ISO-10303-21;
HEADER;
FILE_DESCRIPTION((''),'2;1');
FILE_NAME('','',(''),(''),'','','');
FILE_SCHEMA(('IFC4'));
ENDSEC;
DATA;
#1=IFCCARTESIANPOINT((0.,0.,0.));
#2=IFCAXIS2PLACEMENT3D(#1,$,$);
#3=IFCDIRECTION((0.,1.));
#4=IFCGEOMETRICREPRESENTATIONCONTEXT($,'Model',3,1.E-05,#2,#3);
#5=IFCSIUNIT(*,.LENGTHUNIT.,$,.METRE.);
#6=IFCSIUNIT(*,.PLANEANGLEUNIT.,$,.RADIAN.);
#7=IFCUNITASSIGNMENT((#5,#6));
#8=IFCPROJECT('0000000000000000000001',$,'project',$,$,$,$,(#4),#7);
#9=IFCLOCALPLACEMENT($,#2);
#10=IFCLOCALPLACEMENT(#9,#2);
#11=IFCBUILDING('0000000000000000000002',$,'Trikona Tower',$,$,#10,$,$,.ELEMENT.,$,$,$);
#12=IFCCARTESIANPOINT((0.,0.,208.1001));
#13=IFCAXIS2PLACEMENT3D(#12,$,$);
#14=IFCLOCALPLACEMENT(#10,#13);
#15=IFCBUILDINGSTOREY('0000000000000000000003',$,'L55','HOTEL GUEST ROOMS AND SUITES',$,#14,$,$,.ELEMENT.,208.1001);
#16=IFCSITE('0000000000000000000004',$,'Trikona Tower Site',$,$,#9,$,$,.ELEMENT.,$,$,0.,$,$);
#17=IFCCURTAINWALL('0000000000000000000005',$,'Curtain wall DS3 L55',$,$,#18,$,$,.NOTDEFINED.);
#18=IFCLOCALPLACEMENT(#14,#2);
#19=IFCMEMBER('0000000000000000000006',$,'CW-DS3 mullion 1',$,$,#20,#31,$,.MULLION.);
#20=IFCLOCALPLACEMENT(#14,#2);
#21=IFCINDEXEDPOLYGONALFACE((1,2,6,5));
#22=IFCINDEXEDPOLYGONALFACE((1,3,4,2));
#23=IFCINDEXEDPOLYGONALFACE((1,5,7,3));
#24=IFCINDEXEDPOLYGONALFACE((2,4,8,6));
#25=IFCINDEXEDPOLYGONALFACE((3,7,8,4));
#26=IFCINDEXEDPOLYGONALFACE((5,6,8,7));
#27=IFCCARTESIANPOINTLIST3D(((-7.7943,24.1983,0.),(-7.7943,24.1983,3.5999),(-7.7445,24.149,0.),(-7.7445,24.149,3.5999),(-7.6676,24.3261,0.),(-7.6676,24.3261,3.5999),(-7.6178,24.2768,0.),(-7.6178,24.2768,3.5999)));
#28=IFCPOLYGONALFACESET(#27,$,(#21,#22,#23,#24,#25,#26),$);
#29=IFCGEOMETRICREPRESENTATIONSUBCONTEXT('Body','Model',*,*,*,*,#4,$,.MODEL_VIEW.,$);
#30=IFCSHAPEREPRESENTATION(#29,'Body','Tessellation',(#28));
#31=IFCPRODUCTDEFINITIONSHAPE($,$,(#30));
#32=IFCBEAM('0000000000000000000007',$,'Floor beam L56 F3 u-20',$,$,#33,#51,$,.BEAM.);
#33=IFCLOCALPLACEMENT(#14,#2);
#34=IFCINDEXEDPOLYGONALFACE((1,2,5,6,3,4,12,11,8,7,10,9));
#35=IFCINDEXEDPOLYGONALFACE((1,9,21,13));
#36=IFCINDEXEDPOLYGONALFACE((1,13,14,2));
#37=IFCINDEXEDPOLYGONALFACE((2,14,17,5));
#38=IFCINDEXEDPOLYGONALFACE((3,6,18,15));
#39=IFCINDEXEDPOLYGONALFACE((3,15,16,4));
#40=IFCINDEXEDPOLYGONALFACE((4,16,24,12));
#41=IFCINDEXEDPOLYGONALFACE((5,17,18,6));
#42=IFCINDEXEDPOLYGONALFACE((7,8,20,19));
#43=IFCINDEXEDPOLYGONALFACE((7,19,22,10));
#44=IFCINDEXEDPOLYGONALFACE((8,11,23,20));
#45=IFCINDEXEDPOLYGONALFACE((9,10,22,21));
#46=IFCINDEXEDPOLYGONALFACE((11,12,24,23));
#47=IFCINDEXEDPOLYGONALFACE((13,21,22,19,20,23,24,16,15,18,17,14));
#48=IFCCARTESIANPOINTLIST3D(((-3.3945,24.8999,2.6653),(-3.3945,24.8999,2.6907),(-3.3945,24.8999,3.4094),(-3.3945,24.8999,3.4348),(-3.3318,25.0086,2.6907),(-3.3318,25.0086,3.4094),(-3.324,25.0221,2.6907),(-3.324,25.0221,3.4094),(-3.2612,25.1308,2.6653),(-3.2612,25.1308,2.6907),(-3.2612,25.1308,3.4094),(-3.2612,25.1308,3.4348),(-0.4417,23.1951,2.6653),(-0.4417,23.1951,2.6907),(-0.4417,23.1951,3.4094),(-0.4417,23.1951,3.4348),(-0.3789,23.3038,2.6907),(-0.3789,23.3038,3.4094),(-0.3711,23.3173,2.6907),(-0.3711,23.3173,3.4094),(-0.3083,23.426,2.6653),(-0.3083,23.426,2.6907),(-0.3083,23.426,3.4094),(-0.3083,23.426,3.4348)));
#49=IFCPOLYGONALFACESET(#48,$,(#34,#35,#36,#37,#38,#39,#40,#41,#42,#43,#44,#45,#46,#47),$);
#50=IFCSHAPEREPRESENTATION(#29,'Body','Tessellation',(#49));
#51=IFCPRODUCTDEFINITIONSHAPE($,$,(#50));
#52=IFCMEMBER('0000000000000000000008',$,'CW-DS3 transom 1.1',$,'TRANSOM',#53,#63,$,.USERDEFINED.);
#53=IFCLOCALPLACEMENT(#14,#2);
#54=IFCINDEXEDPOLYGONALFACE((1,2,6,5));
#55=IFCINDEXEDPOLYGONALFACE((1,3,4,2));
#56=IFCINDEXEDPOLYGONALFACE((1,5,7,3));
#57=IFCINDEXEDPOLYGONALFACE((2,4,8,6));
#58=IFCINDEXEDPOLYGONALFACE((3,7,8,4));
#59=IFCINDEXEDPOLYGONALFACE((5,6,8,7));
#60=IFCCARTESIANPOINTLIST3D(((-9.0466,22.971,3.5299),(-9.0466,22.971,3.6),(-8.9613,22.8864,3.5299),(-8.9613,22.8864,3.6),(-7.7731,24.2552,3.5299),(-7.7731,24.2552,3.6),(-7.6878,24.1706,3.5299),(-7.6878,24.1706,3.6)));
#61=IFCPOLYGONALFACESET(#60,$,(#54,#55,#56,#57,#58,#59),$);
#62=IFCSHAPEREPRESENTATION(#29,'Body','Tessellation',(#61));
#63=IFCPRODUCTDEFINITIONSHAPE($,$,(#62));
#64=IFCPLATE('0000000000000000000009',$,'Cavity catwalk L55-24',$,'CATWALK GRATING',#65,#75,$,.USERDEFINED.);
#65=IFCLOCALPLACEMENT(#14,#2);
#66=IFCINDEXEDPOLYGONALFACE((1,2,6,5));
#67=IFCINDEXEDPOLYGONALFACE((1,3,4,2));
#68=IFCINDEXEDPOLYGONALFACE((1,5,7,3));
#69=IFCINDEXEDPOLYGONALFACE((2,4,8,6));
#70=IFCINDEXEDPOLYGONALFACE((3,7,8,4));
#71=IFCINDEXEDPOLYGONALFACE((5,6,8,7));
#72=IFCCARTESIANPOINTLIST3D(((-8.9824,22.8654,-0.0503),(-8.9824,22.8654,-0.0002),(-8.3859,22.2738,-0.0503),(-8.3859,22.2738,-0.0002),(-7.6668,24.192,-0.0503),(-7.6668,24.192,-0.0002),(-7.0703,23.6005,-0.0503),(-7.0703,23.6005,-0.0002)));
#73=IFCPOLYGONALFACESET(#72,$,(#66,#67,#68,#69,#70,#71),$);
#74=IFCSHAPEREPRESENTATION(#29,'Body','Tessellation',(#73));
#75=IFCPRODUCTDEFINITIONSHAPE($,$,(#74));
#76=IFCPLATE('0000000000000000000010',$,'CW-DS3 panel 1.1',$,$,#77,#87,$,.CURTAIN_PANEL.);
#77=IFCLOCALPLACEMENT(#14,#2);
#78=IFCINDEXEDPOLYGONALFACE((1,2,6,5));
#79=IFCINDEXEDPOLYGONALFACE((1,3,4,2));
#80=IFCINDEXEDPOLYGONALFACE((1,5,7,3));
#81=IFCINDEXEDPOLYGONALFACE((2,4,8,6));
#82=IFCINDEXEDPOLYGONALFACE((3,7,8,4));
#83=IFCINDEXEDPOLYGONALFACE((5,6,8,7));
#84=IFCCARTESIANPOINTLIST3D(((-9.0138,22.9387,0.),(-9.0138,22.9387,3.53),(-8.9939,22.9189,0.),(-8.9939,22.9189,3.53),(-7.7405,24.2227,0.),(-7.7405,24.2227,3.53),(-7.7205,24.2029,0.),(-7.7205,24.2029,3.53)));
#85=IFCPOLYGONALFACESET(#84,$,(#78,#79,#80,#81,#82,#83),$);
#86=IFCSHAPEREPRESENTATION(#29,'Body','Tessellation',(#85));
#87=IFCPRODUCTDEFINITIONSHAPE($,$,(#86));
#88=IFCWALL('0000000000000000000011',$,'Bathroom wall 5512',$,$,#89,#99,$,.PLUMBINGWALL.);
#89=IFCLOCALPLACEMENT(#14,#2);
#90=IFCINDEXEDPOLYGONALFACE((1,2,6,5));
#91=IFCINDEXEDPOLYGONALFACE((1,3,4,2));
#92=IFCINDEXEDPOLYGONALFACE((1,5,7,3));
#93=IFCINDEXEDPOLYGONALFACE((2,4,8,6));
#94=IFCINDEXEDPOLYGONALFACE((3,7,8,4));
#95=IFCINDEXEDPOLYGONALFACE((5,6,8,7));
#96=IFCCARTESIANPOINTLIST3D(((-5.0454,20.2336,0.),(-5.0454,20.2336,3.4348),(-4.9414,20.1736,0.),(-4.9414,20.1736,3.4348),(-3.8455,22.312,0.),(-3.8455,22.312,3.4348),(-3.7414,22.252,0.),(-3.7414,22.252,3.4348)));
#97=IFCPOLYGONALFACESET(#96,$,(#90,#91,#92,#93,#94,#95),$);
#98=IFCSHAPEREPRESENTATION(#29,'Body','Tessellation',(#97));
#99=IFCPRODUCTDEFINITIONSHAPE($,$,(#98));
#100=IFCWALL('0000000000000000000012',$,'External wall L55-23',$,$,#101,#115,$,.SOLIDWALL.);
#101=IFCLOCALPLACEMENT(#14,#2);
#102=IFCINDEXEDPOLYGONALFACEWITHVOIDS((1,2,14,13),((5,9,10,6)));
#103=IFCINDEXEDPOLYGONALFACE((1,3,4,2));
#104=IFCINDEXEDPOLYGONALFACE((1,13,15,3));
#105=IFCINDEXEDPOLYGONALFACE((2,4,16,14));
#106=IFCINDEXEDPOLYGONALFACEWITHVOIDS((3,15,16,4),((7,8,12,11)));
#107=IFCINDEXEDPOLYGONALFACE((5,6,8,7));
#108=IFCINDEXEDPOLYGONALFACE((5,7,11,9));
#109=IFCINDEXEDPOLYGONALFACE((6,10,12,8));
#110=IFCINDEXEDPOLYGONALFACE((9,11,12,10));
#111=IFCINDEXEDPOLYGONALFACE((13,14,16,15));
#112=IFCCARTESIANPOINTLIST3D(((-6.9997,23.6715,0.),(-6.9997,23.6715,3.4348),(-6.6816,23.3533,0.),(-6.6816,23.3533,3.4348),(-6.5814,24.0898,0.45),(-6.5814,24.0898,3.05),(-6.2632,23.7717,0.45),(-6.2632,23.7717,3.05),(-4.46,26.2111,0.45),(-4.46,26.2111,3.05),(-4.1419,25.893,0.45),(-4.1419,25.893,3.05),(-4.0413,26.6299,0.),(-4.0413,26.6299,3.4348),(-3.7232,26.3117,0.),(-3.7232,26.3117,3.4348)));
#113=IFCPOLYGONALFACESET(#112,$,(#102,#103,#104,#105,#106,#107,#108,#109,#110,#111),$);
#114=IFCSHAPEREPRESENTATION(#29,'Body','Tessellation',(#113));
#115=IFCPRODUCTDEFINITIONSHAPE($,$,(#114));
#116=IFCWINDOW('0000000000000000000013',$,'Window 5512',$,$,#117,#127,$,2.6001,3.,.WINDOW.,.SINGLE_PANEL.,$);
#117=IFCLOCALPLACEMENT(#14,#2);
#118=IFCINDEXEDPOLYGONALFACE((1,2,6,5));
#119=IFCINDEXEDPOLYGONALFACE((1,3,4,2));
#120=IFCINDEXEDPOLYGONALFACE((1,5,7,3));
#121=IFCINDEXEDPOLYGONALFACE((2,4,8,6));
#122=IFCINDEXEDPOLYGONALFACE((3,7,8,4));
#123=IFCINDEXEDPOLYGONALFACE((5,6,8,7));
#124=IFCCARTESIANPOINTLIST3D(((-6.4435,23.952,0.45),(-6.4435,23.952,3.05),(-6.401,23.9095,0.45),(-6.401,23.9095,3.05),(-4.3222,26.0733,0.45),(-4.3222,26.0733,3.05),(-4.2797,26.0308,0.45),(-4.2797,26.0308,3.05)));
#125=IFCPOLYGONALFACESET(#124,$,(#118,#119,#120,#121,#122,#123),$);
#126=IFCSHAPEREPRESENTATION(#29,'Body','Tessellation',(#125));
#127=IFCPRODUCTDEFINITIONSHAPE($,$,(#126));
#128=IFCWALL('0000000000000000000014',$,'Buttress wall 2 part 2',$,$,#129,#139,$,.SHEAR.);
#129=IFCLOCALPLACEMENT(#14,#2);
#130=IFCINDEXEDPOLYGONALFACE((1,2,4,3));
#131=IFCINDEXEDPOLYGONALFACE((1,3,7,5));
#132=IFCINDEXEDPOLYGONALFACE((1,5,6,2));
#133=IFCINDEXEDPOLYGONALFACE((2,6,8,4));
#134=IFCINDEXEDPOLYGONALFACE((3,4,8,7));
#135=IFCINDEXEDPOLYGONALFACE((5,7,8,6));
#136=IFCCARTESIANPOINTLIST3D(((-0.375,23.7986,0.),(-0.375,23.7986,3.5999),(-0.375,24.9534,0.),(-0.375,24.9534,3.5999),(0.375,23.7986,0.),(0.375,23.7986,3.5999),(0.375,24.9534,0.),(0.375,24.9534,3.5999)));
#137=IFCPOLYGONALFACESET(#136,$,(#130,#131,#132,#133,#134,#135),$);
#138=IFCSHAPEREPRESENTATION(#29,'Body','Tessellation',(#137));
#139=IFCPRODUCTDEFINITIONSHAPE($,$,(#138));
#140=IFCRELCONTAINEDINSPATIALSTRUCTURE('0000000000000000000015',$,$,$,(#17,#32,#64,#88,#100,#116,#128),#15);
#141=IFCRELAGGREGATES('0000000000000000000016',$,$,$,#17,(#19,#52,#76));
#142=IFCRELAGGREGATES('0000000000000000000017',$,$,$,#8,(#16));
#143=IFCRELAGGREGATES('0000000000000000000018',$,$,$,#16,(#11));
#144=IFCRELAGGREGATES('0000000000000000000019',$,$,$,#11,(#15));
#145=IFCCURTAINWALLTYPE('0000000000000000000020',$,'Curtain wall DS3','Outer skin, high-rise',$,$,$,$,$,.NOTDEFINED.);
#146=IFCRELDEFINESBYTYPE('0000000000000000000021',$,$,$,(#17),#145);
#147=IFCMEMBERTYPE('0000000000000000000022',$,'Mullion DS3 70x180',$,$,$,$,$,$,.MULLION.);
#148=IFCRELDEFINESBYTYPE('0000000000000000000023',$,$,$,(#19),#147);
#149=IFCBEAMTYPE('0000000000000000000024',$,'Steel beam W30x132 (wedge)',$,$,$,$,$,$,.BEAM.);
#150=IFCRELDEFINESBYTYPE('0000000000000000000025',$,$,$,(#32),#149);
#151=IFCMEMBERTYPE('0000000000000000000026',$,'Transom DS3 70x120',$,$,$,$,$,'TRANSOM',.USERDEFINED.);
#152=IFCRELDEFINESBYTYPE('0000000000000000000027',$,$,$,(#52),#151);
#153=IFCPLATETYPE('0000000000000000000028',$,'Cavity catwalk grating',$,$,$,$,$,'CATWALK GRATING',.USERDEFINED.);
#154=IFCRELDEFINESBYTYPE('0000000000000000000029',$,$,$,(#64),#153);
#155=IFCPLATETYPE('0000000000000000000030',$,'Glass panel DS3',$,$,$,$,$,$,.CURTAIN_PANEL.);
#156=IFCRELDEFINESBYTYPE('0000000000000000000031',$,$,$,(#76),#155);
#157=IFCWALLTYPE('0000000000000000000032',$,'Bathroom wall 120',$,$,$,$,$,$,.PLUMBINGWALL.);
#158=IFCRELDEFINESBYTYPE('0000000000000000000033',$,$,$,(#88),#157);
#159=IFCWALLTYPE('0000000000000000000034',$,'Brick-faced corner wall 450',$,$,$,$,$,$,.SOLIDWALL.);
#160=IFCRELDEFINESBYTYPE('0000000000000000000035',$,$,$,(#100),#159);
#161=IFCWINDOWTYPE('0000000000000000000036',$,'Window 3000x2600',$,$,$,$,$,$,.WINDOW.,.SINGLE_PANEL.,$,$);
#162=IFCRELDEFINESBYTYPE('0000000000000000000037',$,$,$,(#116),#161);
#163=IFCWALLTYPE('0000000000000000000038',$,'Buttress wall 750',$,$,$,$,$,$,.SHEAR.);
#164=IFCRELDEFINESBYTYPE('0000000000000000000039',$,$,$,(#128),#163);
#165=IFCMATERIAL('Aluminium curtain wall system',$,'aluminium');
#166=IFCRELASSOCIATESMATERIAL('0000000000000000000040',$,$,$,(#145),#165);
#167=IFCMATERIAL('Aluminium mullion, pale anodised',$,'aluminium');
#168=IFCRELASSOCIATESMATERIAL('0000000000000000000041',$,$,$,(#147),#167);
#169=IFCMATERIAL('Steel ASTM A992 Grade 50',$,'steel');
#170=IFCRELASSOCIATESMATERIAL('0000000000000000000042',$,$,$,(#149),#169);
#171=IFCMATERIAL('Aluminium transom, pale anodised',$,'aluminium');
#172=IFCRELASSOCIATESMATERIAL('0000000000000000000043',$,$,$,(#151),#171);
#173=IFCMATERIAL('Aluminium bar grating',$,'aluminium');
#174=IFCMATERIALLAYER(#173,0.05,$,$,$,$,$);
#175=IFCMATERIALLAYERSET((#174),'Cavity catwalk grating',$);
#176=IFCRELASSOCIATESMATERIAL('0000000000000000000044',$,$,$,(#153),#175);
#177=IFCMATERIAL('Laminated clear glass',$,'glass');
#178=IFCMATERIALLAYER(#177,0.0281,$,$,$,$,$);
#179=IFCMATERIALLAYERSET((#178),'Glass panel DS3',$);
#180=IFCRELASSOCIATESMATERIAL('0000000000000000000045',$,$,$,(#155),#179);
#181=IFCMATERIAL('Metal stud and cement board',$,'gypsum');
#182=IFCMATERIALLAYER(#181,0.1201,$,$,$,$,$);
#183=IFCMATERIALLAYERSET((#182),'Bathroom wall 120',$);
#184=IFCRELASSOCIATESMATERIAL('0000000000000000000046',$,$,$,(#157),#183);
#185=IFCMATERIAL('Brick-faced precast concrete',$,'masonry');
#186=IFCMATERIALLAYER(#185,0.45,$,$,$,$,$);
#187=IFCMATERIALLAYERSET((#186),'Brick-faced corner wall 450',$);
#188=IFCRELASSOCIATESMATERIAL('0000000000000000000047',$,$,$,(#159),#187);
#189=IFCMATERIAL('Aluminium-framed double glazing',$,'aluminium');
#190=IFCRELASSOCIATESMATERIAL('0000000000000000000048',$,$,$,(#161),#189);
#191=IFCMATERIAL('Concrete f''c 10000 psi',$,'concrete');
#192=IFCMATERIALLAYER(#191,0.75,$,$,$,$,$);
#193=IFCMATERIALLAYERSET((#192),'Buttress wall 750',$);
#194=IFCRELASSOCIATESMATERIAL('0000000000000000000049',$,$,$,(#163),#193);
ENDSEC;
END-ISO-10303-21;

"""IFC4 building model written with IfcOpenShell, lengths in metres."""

from ifc_helpers import new_model, si_unit, direction, frame, frame_2d, origin, origin_2d, place, context, subcontext, project, spatial, rectangle, i_section, extrude, material, layer, layer_set, material_profile, profile_set, type_object, element, fill, aggregate, save


model = new_model("IFC4")

# Units and contexts
model_context = context("Model", 3, precision=1e-05, world=origin(), true_north=direction((0.0, 1.0)))
body_context = subcontext(model_context, "Body", "Model", "MODEL_VIEW")
ifc_project = project(units=[si_unit("LENGTHUNIT", "METRE"), si_unit("PLANEANGLEUNIT", "RADIAN")], contexts=[model_context])

# Site, building, storey
site_placement = place(None, origin())
site = spatial("IfcSite", under=ifc_project, at=site_placement, Name="Trikona Tower Site", CompositionType="ELEMENT", RefElevation=0.0)
building_placement = place(site_placement, origin())
building = spatial("IfcBuilding", under=site, at=building_placement, Name="Trikona Tower", CompositionType="ELEMENT")
storey_placement = place(building_placement, frame((0.0, 0.0, 208.1001)))
storey = spatial("IfcBuildingStorey", under=building, at=storey_placement, Name="L55", Description="HOTEL GUEST ROOMS AND SUITES", CompositionType="ELEMENT", Elevation=208.1001)

# Curtain wall, member
ifc_material_1 = material(Name="Aluminium curtain wall system", Category="aluminium")
curtain_wall_type = type_object("IfcCurtainWallType", Name="Curtain wall DS3", Description="Outer skin, high-rise", PredefinedType="NOTDEFINED", material=ifc_material_1)
curtain_wall_placement = place(storey_placement, origin())
curtain_wall = element("IfcCurtainWall", 1, at=curtain_wall_placement, inside=storey, type_object=curtain_wall_type, Name="Curtain wall DS3 L55", PredefinedType="NOTDEFINED")
ifc_material_2 = material(Name="Aluminium mullion, pale anodised", Category="aluminium")
ifc_material_profile_1 = material_profile(ifc_material_2, rectangle(XDim=0.0701, YDim=0.1799, at=origin_2d()), Name="MUL-DS3")
ifc_profile_set_1 = profile_set([ifc_material_profile_1], Name="Aluminium mullion, pale anodised")
member_type_1 = type_object("IfcMemberType", Name="Mullion DS3 70x180", PredefinedType="MULLION", material=ifc_profile_set_1)
member_1_placement = place(storey_placement, frame((-7.7061, 24.2375, 0.0), z_axis=(0.0, 0.0, 1.0), x_axis=(0.710052, -0.704149, 0.0)))
member_1 = element("IfcMember", 2, at=member_1_placement, type_object=member_type_1, Name="CW-DS3 mullion 1", PredefinedType="MULLION", context=body_context, shape_type="SweptSolid", body=[
    extrude(rectangle(XDim=0.0701, YDim=0.1799, at=origin_2d()), origin(), (0.0, 0.0, 1.0), 3.5999),
])

# Beam
ifc_material_3 = material(Name="Steel ASTM A992 Grade 50", Category="steel")
ifc_material_profile_2 = material_profile(ifc_material_3, i_section(OverallWidth=0.2666, OverallDepth=0.7695, WebThickness=0.0156, FlangeThickness=0.0254, at=origin_2d()), Name="W30X132")
ifc_profile_set_2 = profile_set([ifc_material_profile_2], Name="Steel ASTM A992 Grade 50")
beam_type = type_object("IfcBeamType", Name="Steel beam W30x132 (wedge)", PredefinedType="BEAM", material=ifc_profile_set_2)
beam_placement = place(storey_placement, frame((-0.375, 23.3105, 3.05), z_axis=(-0.866027, 0.499997, 0.0), x_axis=(-0.499997, -0.866027, 0.0)))
element("IfcBeam", 3, at=beam_placement, inside=storey, type_object=beam_type, Name="Floor beam L56 F3 u-20", PredefinedType="BEAM", context=body_context, shape_type="SweptSolid", body=[
    extrude(i_section(OverallWidth=0.2666, OverallDepth=0.7695, WebThickness=0.0156, FlangeThickness=0.0254, at=origin_2d()), origin(), (0.0, 0.0, 1.0), 3.4097),
])

# Member
ifc_material_4 = material(Name="Aluminium transom, pale anodised", Category="aluminium")
ifc_material_profile_3 = material_profile(ifc_material_4, rectangle(XDim=0.1201, YDim=0.0701, at=origin_2d()), Name="TRN-DS3")
ifc_profile_set_3 = profile_set([ifc_material_profile_3], Name="Aluminium transom, pale anodised")
member_type_2 = type_object("IfcMemberType", Name="Transom DS3 70x120", ElementType="TRANSOM", PredefinedType="USERDEFINED", material=ifc_profile_set_3)
member_2_placement = place(storey_placement, frame((-7.7305, 24.2129, 3.5649), z_axis=(-0.704131, -0.71007, 0.0), x_axis=(0.71007, -0.704131, 0.0)))
member_2 = element("IfcMember", 4, at=member_2_placement, type_object=member_type_2, Name="CW-DS3 transom 1.1", ObjectType="TRANSOM", PredefinedType="USERDEFINED", context=body_context, shape_type="SweptSolid", body=[
    extrude(rectangle(XDim=0.1201, YDim=0.0701, at=origin_2d()), origin(), (0.0, 0.0, 1.0), 1.8086),
])

# Plates
ifc_material_5 = material(Name="Aluminium bar grating", Category="aluminium")
ifc_layer_1 = layer(ifc_material_5, 0.05)
ifc_layer_set_1 = layer_set([ifc_layer_1], Name="Cavity catwalk grating")
plate_type_1 = type_object("IfcPlateType", Name="Cavity catwalk grating", ElementType="CATWALK GRATING", PredefinedType="USERDEFINED", material=ifc_layer_set_1)
plate_1_placement = place(storey_placement, frame((-8.0264, 23.2329, -0.0503), z_axis=(0.0, 0.0, 1.0), x_axis=(-0.704151, -0.71005, 0.0)))
element("IfcPlate", 5, at=plate_1_placement, inside=storey, type_object=plate_type_1, Name="Cavity catwalk L55-24", ObjectType="CATWALK GRATING", PredefinedType="USERDEFINED", context=body_context, shape_type="SweptSolid", body=[
    extrude(rectangle(XDim=1.8684, YDim=0.8401, at=origin_2d()), origin(), (0.0, 0.0, 1.0), 0.05),
])
ifc_material_6 = material(Name="Laminated clear glass", Category="glass")
ifc_layer_2 = layer(ifc_material_6, 0.0281)
ifc_layer_set_2 = layer_set([ifc_layer_2], Name="Glass panel DS3")
plate_type_2 = type_object("IfcPlateType", Name="Glass panel DS3", PredefinedType="CURTAIN_PANEL", material=ifc_layer_set_2)
plate_2_placement = place(storey_placement, frame((-8.3672, 23.5708, 0.0), z_axis=(0.0, 0.0, 1.0), x_axis=(-0.704149, -0.710052, 0.0)))
plate_2 = element("IfcPlate", 6, at=plate_2_placement, type_object=plate_type_2, Name="CW-DS3 panel 1.1", PredefinedType="CURTAIN_PANEL", context=body_context, shape_type="SweptSolid", body=[
    extrude(rectangle(XDim=1.8083, YDim=0.0281, at=origin_2d()), origin(), (0.0, 0.0, 1.0), 3.53),
])
aggregate(curtain_wall, [member_1, member_2, plate_2])

# Wall
ifc_material_7 = material(Name="Metal stud and cement board", Category="gypsum")
ifc_layer_3 = layer(ifc_material_7, 0.1201)
ifc_layer_set_3 = layer_set([ifc_layer_3], Name="Bathroom wall 120")
wall_type_1 = type_object("IfcWallType", Name="Bathroom wall 120", PredefinedType="PLUMBINGWALL", material=ifc_layer_set_3)
wall_1_placement = place(storey_placement, frame((-3.7935, 22.282, 0.0), z_axis=(0.0, 0.0, 1.0), x_axis=(-0.500001, -0.866025, 0.0)))
element("IfcWall", 7, at=wall_1_placement, inside=storey, type_object=wall_type_1, Name="Bathroom wall 5512", PredefinedType="PLUMBINGWALL", context=body_context, shape_type="SweptSolid", body=[
    extrude(rectangle(XDim=2.3999, YDim=0.1201, at=frame_2d((1.2, 0.0))), origin(), (0.0, 0.0, 1.0), 3.4348),
])

# Wall, opening, window
ifc_material_8 = material(Name="Brick-faced precast concrete", Category="masonry")
ifc_layer_4 = layer(ifc_material_8, 0.45)
ifc_layer_set_4 = layer_set([ifc_layer_4], Name="Brick-faced corner wall 450")
wall_type_2 = type_object("IfcWallType", Name="Brick-faced corner wall 450", PredefinedType="SOLIDWALL", material=ifc_layer_set_4)
wall_2_placement = place(storey_placement, frame((-3.8823, 26.4707, 0.0), z_axis=(0.0, 0.0, 1.0), x_axis=(-0.707107, -0.707107, 0.0)))
wall_2 = element("IfcWall", 8, at=wall_2_placement, inside=storey, type_object=wall_type_2, Name="External wall L55-23", PredefinedType="SOLIDWALL", context=body_context, shape_type="SweptSolid", body=[
    extrude(rectangle(XDim=4.1838, YDim=0.45, at=frame_2d((2.0918, 0.0))), origin(), (0.0, 0.0, 1.0), 3.4348),
])
opening_1_placement = place(wall_2_placement, frame((0.592, 0.0, 0.45)))
opening_1 = element("IfcOpeningElement", 9, at=opening_1_placement, cuts=wall_2, PredefinedType="OPENING", context=body_context, shape_type="SweptSolid", body=[
    extrude(rectangle(XDim=3.0, YDim=2.6001, at=frame_2d((1.5, 1.3))), frame((0.0, 0.2349, 0.0), z_axis=(0.0, -1.0, 0.0), x_axis=(1.0, 0.0, 0.0)), (0.0, 0.0, 1.0), 0.47),
])
ifc_material_9 = material(Name="Aluminium-framed double glazing", Category="aluminium")
window_type_1 = type_object("IfcWindowType", Name="Window 3000x2600", PartitioningType="SINGLE_PANEL", PredefinedType="WINDOW", material=ifc_material_9)
window_1_placement = place(opening_1_placement, origin())
window_1 = element("IfcWindow", 10, at=window_1_placement, inside=storey, type_object=window_type_1, Name="Window 5512", OverallHeight=2.6001, OverallWidth=3.0, PartitioningType="SINGLE_PANEL", PredefinedType="WINDOW", context=body_context, shape_type="SweptSolid", body=[
    extrude(rectangle(XDim=3.0, YDim=2.6001, at=frame_2d((1.5, 1.3))), frame((0.0, 0.03, 0.0), z_axis=(0.0, -1.0, 0.0), x_axis=(1.0, 0.0, 0.0)), (0.0, 0.0, 1.0), 0.0601),
])
fill(opening_1, window_1)

# Wall
ifc_material_10 = material(Name="Concrete f'c 10000 psi", Category="concrete")
ifc_layer_5 = layer(ifc_material_10, 0.75)
ifc_layer_set_5 = layer_set([ifc_layer_5], Name="Buttress wall 750")
wall_type_3 = type_object("IfcWallType", Name="Buttress wall 750", PredefinedType="SHEAR", material=ifc_layer_set_5)
wall_3_placement = place(storey_placement, frame((0.0, 23.7986, 0.0), z_axis=(0.0, 0.0, 1.0), x_axis=(0.0, 1.0, 0.0)))
element("IfcWall", 11, at=wall_3_placement, inside=storey, type_object=wall_type_3, Name="Buttress wall 2 part 2", PredefinedType="SHEAR", context=body_context, shape_type="SweptSolid", body=[
    extrude(rectangle(XDim=1.1548, YDim=0.75, at=frame_2d((0.5774, 0.0))), origin(), (0.0, 0.0, 1.0), 3.5999),
])

save(model, "model.ifc")
